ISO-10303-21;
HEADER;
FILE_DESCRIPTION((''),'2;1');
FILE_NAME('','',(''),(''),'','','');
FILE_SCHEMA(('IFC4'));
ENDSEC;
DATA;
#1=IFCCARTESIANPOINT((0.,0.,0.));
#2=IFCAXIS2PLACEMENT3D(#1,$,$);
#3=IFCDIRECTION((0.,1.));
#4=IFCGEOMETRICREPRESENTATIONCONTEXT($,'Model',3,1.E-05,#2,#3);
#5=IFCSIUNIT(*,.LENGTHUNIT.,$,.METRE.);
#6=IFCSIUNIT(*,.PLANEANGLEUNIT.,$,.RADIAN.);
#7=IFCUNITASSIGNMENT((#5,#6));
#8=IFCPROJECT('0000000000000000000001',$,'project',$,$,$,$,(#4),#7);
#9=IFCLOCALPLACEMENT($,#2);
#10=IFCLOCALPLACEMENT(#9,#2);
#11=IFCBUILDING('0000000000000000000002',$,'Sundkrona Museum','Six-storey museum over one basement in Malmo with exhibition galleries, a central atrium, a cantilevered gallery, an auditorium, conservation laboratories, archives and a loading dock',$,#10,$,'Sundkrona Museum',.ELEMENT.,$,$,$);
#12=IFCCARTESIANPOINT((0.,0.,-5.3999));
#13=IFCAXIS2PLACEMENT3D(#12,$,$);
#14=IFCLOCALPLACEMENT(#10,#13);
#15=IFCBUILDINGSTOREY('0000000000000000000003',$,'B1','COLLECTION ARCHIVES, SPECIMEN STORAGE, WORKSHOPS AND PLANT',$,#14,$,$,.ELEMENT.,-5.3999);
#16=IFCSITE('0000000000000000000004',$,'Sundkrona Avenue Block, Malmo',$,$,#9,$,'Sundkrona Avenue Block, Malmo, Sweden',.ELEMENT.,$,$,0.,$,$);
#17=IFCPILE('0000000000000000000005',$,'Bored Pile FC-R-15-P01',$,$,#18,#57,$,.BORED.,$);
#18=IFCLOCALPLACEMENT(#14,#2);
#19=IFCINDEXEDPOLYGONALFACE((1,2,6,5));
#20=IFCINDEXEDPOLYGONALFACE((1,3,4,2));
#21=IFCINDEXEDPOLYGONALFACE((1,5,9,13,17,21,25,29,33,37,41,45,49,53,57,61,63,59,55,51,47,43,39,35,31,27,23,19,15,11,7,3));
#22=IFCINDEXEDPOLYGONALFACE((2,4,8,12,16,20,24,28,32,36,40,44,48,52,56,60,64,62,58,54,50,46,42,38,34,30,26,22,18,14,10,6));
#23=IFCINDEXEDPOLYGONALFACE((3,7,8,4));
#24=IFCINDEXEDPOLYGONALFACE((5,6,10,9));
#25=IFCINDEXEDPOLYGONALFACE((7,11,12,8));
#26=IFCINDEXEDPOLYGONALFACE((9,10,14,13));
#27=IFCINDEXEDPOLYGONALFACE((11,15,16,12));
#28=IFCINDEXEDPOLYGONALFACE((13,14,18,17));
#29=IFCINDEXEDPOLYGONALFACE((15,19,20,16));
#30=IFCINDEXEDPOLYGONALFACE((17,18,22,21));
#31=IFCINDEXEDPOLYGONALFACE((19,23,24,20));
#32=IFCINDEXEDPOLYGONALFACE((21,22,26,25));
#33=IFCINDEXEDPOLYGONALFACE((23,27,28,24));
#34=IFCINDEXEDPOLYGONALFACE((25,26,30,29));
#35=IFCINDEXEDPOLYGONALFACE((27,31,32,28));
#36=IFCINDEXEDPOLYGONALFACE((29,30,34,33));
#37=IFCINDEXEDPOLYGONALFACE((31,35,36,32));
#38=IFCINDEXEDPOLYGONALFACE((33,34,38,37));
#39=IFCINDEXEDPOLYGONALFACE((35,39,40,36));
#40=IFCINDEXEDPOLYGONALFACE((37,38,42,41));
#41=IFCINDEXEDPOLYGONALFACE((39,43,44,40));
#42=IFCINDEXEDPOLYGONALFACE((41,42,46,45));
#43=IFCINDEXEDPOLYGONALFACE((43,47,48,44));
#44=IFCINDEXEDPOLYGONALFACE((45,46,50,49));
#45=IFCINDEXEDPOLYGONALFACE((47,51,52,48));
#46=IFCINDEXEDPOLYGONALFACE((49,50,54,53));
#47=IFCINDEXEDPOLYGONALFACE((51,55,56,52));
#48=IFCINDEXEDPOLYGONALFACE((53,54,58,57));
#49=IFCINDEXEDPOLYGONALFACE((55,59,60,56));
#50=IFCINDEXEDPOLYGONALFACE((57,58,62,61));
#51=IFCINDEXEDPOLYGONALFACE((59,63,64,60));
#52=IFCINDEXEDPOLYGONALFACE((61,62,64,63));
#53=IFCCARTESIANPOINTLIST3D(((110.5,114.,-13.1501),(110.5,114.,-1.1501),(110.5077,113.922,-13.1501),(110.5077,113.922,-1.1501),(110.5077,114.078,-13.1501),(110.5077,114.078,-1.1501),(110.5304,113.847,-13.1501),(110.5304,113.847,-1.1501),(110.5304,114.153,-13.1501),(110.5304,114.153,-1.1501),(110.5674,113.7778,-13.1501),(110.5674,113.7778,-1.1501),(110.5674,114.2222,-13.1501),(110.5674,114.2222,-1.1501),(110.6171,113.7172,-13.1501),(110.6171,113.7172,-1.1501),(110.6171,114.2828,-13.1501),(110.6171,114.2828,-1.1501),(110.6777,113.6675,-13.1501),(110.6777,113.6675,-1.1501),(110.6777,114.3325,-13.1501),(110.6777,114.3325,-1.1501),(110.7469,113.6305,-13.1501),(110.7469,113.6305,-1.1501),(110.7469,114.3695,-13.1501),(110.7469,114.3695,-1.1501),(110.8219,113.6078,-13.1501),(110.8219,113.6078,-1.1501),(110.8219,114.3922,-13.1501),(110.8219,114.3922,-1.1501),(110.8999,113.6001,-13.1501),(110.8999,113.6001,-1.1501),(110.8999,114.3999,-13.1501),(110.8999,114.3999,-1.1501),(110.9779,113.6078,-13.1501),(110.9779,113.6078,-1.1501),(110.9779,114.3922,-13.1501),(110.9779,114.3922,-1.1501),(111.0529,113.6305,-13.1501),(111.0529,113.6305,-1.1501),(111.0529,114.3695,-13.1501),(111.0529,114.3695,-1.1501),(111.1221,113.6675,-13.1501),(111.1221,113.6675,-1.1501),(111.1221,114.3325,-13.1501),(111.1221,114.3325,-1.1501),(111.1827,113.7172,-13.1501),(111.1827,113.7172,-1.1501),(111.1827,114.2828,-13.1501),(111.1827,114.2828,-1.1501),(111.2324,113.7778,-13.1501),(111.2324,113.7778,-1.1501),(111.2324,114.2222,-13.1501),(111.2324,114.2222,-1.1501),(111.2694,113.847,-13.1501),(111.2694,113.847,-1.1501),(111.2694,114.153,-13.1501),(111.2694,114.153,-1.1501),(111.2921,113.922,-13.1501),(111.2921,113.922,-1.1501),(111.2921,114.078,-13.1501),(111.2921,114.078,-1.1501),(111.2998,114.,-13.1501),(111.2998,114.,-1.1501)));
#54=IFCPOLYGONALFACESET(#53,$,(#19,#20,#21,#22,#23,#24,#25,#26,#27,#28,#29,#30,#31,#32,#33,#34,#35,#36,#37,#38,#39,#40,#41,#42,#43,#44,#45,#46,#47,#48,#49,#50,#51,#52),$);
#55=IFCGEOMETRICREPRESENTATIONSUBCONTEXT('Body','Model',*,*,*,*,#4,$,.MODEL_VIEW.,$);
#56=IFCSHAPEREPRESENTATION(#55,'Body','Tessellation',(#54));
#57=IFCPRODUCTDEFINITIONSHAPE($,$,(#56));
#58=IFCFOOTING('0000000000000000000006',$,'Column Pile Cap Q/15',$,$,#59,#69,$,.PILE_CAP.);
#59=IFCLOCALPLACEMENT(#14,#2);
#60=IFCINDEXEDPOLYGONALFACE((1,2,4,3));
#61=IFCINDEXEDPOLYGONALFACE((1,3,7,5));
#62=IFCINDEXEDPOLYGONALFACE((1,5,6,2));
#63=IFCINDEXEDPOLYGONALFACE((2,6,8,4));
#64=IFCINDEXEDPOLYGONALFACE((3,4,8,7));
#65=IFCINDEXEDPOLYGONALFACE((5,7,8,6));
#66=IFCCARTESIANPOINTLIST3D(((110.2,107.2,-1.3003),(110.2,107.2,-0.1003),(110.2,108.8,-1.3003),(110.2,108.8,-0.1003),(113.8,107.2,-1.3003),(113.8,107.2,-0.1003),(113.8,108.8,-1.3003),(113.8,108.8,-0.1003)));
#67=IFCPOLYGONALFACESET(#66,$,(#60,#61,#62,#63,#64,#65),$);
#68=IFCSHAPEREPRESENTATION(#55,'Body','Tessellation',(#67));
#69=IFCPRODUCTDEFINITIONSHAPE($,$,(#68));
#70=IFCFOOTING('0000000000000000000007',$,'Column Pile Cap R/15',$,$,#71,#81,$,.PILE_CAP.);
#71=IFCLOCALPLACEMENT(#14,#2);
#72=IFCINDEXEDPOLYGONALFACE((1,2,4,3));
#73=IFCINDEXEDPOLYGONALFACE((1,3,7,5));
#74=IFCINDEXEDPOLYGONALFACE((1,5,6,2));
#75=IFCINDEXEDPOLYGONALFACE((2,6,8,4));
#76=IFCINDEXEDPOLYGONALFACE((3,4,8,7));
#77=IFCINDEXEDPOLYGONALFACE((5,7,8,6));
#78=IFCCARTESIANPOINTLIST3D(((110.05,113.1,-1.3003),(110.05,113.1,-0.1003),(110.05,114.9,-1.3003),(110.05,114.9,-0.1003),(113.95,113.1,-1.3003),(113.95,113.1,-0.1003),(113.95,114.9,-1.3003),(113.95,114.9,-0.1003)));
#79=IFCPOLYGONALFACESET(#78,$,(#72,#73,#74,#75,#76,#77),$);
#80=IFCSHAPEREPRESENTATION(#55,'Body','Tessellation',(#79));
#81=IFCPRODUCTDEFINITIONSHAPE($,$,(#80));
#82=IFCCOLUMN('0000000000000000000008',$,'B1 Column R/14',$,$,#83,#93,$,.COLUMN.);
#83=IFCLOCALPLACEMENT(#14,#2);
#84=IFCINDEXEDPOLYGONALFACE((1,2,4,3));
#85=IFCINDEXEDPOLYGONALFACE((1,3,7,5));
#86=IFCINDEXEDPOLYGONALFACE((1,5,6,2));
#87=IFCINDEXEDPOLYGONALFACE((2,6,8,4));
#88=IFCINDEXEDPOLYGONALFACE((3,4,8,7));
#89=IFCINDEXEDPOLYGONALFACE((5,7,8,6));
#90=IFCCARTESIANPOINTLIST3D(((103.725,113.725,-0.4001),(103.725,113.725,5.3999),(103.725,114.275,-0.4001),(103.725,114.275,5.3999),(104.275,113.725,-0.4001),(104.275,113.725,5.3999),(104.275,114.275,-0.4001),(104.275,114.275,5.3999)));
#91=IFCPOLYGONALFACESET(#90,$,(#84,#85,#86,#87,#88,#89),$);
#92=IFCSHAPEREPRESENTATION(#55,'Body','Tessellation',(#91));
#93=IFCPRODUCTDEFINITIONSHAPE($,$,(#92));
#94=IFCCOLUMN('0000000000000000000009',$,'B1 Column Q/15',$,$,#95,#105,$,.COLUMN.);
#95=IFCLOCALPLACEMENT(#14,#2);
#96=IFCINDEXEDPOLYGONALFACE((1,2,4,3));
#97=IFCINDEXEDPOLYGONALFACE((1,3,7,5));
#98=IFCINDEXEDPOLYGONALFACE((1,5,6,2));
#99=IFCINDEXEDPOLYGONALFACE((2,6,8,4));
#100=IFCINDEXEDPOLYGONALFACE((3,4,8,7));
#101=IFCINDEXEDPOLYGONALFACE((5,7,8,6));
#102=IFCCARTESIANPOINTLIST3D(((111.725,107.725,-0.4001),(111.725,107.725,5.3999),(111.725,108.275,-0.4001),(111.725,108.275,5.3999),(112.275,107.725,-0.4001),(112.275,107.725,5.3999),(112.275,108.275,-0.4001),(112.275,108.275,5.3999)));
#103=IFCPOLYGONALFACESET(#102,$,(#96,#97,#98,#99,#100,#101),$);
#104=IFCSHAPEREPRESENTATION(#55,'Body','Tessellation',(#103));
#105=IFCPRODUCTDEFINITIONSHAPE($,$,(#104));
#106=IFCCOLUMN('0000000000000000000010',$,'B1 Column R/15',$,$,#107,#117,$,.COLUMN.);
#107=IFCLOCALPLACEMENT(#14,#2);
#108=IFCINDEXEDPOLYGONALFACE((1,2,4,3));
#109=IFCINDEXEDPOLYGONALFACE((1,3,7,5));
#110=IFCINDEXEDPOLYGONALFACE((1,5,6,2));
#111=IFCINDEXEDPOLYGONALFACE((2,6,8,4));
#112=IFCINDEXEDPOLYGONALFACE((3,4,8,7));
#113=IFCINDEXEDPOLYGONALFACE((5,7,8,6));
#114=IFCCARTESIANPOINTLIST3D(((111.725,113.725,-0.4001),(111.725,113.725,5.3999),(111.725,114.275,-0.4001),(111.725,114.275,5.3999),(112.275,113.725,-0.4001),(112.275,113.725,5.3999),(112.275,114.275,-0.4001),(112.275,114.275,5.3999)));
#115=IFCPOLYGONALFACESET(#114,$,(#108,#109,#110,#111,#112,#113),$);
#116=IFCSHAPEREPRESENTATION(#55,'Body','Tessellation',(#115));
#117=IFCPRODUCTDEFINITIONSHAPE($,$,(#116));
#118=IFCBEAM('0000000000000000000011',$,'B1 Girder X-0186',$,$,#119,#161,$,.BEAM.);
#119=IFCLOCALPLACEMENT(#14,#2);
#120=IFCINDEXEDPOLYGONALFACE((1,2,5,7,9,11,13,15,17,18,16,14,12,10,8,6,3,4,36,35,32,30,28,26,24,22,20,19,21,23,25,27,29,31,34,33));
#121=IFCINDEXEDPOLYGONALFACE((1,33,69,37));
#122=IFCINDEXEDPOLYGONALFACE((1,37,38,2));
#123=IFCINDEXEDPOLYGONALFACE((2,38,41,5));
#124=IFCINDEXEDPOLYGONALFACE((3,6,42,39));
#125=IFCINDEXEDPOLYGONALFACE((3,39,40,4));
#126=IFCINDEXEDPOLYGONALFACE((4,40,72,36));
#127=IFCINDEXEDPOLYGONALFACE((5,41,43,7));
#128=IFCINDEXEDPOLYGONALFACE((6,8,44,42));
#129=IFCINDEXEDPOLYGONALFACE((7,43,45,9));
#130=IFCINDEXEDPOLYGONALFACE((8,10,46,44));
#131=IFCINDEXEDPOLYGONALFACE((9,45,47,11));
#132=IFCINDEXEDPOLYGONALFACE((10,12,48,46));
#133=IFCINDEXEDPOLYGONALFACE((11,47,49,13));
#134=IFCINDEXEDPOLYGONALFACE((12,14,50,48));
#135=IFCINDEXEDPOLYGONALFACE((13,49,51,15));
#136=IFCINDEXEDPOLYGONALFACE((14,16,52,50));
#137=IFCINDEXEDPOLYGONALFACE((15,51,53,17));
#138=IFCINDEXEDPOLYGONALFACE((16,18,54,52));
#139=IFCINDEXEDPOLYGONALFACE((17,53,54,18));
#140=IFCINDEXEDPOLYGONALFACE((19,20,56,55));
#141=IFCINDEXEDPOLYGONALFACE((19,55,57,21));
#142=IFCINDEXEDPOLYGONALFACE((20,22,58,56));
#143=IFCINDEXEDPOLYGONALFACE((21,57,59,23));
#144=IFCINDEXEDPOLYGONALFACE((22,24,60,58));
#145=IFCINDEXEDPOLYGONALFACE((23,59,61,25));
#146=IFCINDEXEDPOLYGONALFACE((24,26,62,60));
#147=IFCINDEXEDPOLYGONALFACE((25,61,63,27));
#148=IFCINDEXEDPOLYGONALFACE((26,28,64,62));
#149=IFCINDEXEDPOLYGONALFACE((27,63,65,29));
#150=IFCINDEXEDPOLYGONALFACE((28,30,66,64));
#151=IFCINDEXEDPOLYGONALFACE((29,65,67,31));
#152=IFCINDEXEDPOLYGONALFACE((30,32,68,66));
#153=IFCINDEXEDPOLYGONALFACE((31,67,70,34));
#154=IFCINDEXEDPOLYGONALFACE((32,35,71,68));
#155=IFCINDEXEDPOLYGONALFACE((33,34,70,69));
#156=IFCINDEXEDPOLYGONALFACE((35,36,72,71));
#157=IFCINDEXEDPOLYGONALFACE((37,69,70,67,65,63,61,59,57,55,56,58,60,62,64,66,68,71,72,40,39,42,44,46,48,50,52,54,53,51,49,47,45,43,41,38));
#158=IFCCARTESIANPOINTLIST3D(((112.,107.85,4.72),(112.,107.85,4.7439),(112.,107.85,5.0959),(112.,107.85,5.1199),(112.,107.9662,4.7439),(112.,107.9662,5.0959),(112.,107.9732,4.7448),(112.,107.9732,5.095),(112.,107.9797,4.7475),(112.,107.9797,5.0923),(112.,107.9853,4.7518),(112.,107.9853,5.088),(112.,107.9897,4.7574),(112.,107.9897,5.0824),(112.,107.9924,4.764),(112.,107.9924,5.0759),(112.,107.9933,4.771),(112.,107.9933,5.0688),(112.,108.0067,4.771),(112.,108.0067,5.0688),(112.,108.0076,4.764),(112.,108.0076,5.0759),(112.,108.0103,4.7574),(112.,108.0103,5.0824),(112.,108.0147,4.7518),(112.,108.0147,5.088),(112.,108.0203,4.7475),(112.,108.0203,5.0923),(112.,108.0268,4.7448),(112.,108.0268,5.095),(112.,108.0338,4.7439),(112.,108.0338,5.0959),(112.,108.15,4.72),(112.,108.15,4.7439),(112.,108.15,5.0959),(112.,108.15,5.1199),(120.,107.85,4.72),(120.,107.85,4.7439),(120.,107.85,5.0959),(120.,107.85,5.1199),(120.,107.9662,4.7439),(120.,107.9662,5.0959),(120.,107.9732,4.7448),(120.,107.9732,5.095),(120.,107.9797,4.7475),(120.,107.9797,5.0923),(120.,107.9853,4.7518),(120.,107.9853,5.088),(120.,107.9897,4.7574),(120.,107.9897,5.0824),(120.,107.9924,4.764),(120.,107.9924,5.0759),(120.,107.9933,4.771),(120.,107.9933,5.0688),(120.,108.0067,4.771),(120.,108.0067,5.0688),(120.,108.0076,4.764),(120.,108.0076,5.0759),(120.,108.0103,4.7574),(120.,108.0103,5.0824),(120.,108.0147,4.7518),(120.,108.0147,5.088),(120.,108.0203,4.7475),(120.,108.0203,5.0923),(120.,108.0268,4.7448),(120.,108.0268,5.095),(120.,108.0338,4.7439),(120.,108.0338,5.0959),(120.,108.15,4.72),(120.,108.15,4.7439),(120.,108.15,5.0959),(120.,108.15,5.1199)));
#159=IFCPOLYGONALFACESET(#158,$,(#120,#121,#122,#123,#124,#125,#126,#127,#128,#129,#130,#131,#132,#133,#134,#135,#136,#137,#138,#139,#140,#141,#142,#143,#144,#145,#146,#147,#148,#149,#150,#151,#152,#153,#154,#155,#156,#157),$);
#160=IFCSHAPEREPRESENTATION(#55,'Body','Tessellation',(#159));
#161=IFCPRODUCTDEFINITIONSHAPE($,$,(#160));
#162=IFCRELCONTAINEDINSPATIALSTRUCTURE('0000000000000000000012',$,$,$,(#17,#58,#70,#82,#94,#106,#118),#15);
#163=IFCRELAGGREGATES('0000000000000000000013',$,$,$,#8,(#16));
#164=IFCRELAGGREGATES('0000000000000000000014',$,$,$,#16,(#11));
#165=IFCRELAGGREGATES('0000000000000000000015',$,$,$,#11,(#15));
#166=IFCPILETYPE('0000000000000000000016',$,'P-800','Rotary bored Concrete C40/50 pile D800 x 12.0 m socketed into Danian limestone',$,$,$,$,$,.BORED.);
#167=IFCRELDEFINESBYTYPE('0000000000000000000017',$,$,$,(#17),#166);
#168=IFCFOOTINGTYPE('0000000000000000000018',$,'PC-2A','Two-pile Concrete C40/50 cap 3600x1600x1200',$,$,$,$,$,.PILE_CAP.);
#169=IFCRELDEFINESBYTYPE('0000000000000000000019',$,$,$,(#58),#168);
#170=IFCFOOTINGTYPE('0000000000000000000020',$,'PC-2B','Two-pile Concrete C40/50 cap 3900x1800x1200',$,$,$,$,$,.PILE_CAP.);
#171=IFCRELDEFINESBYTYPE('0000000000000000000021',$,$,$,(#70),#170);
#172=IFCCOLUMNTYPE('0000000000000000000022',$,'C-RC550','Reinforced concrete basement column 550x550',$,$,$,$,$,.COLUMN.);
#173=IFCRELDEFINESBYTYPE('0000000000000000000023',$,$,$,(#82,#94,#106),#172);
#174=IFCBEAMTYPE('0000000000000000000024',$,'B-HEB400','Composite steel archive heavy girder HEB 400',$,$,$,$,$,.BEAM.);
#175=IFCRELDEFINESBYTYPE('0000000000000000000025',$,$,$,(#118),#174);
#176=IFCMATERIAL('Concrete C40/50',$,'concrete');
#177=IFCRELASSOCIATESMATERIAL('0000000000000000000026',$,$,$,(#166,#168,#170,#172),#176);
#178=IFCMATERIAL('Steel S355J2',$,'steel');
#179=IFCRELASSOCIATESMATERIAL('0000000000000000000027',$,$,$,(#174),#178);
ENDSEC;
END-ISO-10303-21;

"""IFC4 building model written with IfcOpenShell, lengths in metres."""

from ifc_helpers import new_model, si_unit, direction, frame, origin, origin_2d, place, context, subcontext, project, spatial, rectangle, circle, i_section, extrude, material, material_profile, profile_set, type_object, element, save


model = new_model("IFC4")

# Units and contexts
model_context = context("Model", 3, precision=1e-05, world=origin(), true_north=direction((0.0, 1.0)))
body_context = subcontext(model_context, "Body", "Model", "MODEL_VIEW")
ifc_project = project(units=[si_unit("LENGTHUNIT", "METRE"), si_unit("PLANEANGLEUNIT", "RADIAN")], contexts=[model_context])

# Site, building, storey
site_placement = place(None, origin())
site = spatial("IfcSite", under=ifc_project, at=site_placement, Name="Sundkrona Avenue Block, Malmo", LongName="Sundkrona Avenue Block, Malmo, Sweden", CompositionType="ELEMENT", RefElevation=0.0)
building_placement = place(site_placement, origin())
building = spatial("IfcBuilding", under=site, at=building_placement, Name="Sundkrona Museum", Description="Six-storey museum over one basement in Malmo with exhibition galleries, a central atrium, a cantilevered gallery, an auditorium, conservation laboratories, archives and a loading dock", LongName="Sundkrona Museum", CompositionType="ELEMENT")
storey_placement = place(building_placement, frame((0.0, 0.0, -5.3999)))
storey = spatial("IfcBuildingStorey", under=building, at=storey_placement, Name="B1", Description="COLLECTION ARCHIVES, SPECIMEN STORAGE, WORKSHOPS AND PLANT", CompositionType="ELEMENT", Elevation=-5.3999)

# Shared definitions
ifc_material_1 = material(Name="Concrete C40/50", Category="concrete")

# Pile
ifc_material_profile_1 = material_profile(ifc_material_1, circle(Radius=0.3999, at=origin_2d()), Name="PILE D800")
ifc_profile_set_1 = profile_set([ifc_material_profile_1], Name="Concrete C40/50")
pile_type = type_object("IfcPileType", Name="P-800", Description="Rotary bored Concrete C40/50 pile D800 x 12.0 m socketed into Danian limestone", PredefinedType="BORED", material=ifc_profile_set_1)
for number, where, z_axis, x_axis, name in (
    (1, (110.8999, 114.0, -1.1501), (0.0, 0.0, -1.0), (1.0, 0.0, 0.0), "Bored Pile FC-R-15-P01"),
):
    element("IfcPile", number, at=place(storey_placement, frame(where, z_axis=z_axis, x_axis=x_axis)), inside=storey, type_object=pile_type, Name=name, PredefinedType="BORED", context=body_context, shape_type="SweptSolid", body=[
        extrude(circle(Radius=0.3999, at=origin_2d()), origin(), (0.0, 0.0, 1.0), 12.0),
    ])

# Footings
footing_type_1 = type_object("IfcFootingType", Name="PC-2A", Description="Two-pile Concrete C40/50 cap 3600x1600x1200", PredefinedType="PILE_CAP", material=ifc_material_1)
footing_1_placement = place(storey_placement, frame((112.0, 108.0, -1.3003), z_axis=(0.0, 0.0, 1.0), x_axis=(1.0, 0.0, 0.0)))
element("IfcFooting", 2, at=footing_1_placement, inside=storey, type_object=footing_type_1, Name="Column Pile Cap Q/15", PredefinedType="PILE_CAP", context=body_context, shape_type="SweptSolid", body=[
    extrude(rectangle(XDim=3.6001, YDim=1.6001, at=origin_2d()), origin(), (0.0, 0.0, 1.0), 1.2),
])
footing_type_2 = type_object("IfcFootingType", Name="PC-2B", Description="Two-pile Concrete C40/50 cap 3900x1800x1200", PredefinedType="PILE_CAP", material=ifc_material_1)
footing_2_placement = place(storey_placement, frame((112.0, 114.0, -1.3003), z_axis=(0.0, 0.0, 1.0), x_axis=(1.0, 0.0, 0.0)))
element("IfcFooting", 3, at=footing_2_placement, inside=storey, type_object=footing_type_2, Name="Column Pile Cap R/15", PredefinedType="PILE_CAP", context=body_context, shape_type="SweptSolid", body=[
    extrude(rectangle(XDim=3.8999, YDim=1.8, at=origin_2d()), origin(), (0.0, 0.0, 1.0), 1.2),
])

# Columns
ifc_material_profile_2 = material_profile(ifc_material_1, rectangle(XDim=0.55, YDim=0.55, at=origin_2d()), Name="RC 550x550")
ifc_profile_set_2 = profile_set([ifc_material_profile_2], Name="Concrete C40/50")
column_type = type_object("IfcColumnType", Name="C-RC550", Description="Reinforced concrete basement column 550x550", PredefinedType="COLUMN", material=ifc_profile_set_2)
for number, where, z_axis, x_axis, name in (
    (4, (104.0, 114.0, -0.4001), (0.0, 0.0, 1.0), (1.0, 0.0, 0.0), "B1 Column R/14"),
    (5, (112.0, 108.0, -0.4001), (0.0, 0.0, 1.0), (1.0, 0.0, 0.0), "B1 Column Q/15"),
    (6, (112.0, 114.0, -0.4001), (0.0, 0.0, 1.0), (1.0, 0.0, 0.0), "B1 Column R/15"),
):
    element("IfcColumn", number, at=place(storey_placement, frame(where, z_axis=z_axis, x_axis=x_axis)), inside=storey, type_object=column_type, Name=name, PredefinedType="COLUMN", context=body_context, shape_type="SweptSolid", body=[
        extrude(rectangle(XDim=0.55, YDim=0.55, at=origin_2d()), origin(), (0.0, 0.0, 1.0), 5.8),
    ])

# Beam
ifc_material_2 = material(Name="Steel S355J2", Category="steel")
ifc_material_profile_3 = material_profile(ifc_material_2, i_section(OverallWidth=0.3, OverallDepth=0.3999, WebThickness=0.0134, FlangeThickness=0.0239, FilletRadius=0.0271, at=origin_2d()), Name="HEB 400")
ifc_profile_set_3 = profile_set([ifc_material_profile_3], Name="Steel S355J2")
beam_type_1 = type_object("IfcBeamType", Name="B-HEB400", Description="Composite steel archive heavy girder HEB 400", PredefinedType="BEAM", material=ifc_profile_set_3)
beam_1_placement = place(storey_placement, frame((112.0, 108.0, 4.9199), z_axis=(1.0, 0.0, 0.0), x_axis=(0.0, 1.0, 0.0)))
element("IfcBeam", 7, at=beam_1_placement, inside=storey, type_object=beam_type_1, Name="B1 Girder X-0186", PredefinedType="BEAM", context=body_context, shape_type="SweptSolid", body=[
    extrude(i_section(OverallWidth=0.3, OverallDepth=0.3999, WebThickness=0.0134, FlangeThickness=0.0239, FilletRadius=0.0271, at=origin_2d()), origin(), (0.0, 0.0, 1.0), 8.0),
])

save(model, "model.ifc")
